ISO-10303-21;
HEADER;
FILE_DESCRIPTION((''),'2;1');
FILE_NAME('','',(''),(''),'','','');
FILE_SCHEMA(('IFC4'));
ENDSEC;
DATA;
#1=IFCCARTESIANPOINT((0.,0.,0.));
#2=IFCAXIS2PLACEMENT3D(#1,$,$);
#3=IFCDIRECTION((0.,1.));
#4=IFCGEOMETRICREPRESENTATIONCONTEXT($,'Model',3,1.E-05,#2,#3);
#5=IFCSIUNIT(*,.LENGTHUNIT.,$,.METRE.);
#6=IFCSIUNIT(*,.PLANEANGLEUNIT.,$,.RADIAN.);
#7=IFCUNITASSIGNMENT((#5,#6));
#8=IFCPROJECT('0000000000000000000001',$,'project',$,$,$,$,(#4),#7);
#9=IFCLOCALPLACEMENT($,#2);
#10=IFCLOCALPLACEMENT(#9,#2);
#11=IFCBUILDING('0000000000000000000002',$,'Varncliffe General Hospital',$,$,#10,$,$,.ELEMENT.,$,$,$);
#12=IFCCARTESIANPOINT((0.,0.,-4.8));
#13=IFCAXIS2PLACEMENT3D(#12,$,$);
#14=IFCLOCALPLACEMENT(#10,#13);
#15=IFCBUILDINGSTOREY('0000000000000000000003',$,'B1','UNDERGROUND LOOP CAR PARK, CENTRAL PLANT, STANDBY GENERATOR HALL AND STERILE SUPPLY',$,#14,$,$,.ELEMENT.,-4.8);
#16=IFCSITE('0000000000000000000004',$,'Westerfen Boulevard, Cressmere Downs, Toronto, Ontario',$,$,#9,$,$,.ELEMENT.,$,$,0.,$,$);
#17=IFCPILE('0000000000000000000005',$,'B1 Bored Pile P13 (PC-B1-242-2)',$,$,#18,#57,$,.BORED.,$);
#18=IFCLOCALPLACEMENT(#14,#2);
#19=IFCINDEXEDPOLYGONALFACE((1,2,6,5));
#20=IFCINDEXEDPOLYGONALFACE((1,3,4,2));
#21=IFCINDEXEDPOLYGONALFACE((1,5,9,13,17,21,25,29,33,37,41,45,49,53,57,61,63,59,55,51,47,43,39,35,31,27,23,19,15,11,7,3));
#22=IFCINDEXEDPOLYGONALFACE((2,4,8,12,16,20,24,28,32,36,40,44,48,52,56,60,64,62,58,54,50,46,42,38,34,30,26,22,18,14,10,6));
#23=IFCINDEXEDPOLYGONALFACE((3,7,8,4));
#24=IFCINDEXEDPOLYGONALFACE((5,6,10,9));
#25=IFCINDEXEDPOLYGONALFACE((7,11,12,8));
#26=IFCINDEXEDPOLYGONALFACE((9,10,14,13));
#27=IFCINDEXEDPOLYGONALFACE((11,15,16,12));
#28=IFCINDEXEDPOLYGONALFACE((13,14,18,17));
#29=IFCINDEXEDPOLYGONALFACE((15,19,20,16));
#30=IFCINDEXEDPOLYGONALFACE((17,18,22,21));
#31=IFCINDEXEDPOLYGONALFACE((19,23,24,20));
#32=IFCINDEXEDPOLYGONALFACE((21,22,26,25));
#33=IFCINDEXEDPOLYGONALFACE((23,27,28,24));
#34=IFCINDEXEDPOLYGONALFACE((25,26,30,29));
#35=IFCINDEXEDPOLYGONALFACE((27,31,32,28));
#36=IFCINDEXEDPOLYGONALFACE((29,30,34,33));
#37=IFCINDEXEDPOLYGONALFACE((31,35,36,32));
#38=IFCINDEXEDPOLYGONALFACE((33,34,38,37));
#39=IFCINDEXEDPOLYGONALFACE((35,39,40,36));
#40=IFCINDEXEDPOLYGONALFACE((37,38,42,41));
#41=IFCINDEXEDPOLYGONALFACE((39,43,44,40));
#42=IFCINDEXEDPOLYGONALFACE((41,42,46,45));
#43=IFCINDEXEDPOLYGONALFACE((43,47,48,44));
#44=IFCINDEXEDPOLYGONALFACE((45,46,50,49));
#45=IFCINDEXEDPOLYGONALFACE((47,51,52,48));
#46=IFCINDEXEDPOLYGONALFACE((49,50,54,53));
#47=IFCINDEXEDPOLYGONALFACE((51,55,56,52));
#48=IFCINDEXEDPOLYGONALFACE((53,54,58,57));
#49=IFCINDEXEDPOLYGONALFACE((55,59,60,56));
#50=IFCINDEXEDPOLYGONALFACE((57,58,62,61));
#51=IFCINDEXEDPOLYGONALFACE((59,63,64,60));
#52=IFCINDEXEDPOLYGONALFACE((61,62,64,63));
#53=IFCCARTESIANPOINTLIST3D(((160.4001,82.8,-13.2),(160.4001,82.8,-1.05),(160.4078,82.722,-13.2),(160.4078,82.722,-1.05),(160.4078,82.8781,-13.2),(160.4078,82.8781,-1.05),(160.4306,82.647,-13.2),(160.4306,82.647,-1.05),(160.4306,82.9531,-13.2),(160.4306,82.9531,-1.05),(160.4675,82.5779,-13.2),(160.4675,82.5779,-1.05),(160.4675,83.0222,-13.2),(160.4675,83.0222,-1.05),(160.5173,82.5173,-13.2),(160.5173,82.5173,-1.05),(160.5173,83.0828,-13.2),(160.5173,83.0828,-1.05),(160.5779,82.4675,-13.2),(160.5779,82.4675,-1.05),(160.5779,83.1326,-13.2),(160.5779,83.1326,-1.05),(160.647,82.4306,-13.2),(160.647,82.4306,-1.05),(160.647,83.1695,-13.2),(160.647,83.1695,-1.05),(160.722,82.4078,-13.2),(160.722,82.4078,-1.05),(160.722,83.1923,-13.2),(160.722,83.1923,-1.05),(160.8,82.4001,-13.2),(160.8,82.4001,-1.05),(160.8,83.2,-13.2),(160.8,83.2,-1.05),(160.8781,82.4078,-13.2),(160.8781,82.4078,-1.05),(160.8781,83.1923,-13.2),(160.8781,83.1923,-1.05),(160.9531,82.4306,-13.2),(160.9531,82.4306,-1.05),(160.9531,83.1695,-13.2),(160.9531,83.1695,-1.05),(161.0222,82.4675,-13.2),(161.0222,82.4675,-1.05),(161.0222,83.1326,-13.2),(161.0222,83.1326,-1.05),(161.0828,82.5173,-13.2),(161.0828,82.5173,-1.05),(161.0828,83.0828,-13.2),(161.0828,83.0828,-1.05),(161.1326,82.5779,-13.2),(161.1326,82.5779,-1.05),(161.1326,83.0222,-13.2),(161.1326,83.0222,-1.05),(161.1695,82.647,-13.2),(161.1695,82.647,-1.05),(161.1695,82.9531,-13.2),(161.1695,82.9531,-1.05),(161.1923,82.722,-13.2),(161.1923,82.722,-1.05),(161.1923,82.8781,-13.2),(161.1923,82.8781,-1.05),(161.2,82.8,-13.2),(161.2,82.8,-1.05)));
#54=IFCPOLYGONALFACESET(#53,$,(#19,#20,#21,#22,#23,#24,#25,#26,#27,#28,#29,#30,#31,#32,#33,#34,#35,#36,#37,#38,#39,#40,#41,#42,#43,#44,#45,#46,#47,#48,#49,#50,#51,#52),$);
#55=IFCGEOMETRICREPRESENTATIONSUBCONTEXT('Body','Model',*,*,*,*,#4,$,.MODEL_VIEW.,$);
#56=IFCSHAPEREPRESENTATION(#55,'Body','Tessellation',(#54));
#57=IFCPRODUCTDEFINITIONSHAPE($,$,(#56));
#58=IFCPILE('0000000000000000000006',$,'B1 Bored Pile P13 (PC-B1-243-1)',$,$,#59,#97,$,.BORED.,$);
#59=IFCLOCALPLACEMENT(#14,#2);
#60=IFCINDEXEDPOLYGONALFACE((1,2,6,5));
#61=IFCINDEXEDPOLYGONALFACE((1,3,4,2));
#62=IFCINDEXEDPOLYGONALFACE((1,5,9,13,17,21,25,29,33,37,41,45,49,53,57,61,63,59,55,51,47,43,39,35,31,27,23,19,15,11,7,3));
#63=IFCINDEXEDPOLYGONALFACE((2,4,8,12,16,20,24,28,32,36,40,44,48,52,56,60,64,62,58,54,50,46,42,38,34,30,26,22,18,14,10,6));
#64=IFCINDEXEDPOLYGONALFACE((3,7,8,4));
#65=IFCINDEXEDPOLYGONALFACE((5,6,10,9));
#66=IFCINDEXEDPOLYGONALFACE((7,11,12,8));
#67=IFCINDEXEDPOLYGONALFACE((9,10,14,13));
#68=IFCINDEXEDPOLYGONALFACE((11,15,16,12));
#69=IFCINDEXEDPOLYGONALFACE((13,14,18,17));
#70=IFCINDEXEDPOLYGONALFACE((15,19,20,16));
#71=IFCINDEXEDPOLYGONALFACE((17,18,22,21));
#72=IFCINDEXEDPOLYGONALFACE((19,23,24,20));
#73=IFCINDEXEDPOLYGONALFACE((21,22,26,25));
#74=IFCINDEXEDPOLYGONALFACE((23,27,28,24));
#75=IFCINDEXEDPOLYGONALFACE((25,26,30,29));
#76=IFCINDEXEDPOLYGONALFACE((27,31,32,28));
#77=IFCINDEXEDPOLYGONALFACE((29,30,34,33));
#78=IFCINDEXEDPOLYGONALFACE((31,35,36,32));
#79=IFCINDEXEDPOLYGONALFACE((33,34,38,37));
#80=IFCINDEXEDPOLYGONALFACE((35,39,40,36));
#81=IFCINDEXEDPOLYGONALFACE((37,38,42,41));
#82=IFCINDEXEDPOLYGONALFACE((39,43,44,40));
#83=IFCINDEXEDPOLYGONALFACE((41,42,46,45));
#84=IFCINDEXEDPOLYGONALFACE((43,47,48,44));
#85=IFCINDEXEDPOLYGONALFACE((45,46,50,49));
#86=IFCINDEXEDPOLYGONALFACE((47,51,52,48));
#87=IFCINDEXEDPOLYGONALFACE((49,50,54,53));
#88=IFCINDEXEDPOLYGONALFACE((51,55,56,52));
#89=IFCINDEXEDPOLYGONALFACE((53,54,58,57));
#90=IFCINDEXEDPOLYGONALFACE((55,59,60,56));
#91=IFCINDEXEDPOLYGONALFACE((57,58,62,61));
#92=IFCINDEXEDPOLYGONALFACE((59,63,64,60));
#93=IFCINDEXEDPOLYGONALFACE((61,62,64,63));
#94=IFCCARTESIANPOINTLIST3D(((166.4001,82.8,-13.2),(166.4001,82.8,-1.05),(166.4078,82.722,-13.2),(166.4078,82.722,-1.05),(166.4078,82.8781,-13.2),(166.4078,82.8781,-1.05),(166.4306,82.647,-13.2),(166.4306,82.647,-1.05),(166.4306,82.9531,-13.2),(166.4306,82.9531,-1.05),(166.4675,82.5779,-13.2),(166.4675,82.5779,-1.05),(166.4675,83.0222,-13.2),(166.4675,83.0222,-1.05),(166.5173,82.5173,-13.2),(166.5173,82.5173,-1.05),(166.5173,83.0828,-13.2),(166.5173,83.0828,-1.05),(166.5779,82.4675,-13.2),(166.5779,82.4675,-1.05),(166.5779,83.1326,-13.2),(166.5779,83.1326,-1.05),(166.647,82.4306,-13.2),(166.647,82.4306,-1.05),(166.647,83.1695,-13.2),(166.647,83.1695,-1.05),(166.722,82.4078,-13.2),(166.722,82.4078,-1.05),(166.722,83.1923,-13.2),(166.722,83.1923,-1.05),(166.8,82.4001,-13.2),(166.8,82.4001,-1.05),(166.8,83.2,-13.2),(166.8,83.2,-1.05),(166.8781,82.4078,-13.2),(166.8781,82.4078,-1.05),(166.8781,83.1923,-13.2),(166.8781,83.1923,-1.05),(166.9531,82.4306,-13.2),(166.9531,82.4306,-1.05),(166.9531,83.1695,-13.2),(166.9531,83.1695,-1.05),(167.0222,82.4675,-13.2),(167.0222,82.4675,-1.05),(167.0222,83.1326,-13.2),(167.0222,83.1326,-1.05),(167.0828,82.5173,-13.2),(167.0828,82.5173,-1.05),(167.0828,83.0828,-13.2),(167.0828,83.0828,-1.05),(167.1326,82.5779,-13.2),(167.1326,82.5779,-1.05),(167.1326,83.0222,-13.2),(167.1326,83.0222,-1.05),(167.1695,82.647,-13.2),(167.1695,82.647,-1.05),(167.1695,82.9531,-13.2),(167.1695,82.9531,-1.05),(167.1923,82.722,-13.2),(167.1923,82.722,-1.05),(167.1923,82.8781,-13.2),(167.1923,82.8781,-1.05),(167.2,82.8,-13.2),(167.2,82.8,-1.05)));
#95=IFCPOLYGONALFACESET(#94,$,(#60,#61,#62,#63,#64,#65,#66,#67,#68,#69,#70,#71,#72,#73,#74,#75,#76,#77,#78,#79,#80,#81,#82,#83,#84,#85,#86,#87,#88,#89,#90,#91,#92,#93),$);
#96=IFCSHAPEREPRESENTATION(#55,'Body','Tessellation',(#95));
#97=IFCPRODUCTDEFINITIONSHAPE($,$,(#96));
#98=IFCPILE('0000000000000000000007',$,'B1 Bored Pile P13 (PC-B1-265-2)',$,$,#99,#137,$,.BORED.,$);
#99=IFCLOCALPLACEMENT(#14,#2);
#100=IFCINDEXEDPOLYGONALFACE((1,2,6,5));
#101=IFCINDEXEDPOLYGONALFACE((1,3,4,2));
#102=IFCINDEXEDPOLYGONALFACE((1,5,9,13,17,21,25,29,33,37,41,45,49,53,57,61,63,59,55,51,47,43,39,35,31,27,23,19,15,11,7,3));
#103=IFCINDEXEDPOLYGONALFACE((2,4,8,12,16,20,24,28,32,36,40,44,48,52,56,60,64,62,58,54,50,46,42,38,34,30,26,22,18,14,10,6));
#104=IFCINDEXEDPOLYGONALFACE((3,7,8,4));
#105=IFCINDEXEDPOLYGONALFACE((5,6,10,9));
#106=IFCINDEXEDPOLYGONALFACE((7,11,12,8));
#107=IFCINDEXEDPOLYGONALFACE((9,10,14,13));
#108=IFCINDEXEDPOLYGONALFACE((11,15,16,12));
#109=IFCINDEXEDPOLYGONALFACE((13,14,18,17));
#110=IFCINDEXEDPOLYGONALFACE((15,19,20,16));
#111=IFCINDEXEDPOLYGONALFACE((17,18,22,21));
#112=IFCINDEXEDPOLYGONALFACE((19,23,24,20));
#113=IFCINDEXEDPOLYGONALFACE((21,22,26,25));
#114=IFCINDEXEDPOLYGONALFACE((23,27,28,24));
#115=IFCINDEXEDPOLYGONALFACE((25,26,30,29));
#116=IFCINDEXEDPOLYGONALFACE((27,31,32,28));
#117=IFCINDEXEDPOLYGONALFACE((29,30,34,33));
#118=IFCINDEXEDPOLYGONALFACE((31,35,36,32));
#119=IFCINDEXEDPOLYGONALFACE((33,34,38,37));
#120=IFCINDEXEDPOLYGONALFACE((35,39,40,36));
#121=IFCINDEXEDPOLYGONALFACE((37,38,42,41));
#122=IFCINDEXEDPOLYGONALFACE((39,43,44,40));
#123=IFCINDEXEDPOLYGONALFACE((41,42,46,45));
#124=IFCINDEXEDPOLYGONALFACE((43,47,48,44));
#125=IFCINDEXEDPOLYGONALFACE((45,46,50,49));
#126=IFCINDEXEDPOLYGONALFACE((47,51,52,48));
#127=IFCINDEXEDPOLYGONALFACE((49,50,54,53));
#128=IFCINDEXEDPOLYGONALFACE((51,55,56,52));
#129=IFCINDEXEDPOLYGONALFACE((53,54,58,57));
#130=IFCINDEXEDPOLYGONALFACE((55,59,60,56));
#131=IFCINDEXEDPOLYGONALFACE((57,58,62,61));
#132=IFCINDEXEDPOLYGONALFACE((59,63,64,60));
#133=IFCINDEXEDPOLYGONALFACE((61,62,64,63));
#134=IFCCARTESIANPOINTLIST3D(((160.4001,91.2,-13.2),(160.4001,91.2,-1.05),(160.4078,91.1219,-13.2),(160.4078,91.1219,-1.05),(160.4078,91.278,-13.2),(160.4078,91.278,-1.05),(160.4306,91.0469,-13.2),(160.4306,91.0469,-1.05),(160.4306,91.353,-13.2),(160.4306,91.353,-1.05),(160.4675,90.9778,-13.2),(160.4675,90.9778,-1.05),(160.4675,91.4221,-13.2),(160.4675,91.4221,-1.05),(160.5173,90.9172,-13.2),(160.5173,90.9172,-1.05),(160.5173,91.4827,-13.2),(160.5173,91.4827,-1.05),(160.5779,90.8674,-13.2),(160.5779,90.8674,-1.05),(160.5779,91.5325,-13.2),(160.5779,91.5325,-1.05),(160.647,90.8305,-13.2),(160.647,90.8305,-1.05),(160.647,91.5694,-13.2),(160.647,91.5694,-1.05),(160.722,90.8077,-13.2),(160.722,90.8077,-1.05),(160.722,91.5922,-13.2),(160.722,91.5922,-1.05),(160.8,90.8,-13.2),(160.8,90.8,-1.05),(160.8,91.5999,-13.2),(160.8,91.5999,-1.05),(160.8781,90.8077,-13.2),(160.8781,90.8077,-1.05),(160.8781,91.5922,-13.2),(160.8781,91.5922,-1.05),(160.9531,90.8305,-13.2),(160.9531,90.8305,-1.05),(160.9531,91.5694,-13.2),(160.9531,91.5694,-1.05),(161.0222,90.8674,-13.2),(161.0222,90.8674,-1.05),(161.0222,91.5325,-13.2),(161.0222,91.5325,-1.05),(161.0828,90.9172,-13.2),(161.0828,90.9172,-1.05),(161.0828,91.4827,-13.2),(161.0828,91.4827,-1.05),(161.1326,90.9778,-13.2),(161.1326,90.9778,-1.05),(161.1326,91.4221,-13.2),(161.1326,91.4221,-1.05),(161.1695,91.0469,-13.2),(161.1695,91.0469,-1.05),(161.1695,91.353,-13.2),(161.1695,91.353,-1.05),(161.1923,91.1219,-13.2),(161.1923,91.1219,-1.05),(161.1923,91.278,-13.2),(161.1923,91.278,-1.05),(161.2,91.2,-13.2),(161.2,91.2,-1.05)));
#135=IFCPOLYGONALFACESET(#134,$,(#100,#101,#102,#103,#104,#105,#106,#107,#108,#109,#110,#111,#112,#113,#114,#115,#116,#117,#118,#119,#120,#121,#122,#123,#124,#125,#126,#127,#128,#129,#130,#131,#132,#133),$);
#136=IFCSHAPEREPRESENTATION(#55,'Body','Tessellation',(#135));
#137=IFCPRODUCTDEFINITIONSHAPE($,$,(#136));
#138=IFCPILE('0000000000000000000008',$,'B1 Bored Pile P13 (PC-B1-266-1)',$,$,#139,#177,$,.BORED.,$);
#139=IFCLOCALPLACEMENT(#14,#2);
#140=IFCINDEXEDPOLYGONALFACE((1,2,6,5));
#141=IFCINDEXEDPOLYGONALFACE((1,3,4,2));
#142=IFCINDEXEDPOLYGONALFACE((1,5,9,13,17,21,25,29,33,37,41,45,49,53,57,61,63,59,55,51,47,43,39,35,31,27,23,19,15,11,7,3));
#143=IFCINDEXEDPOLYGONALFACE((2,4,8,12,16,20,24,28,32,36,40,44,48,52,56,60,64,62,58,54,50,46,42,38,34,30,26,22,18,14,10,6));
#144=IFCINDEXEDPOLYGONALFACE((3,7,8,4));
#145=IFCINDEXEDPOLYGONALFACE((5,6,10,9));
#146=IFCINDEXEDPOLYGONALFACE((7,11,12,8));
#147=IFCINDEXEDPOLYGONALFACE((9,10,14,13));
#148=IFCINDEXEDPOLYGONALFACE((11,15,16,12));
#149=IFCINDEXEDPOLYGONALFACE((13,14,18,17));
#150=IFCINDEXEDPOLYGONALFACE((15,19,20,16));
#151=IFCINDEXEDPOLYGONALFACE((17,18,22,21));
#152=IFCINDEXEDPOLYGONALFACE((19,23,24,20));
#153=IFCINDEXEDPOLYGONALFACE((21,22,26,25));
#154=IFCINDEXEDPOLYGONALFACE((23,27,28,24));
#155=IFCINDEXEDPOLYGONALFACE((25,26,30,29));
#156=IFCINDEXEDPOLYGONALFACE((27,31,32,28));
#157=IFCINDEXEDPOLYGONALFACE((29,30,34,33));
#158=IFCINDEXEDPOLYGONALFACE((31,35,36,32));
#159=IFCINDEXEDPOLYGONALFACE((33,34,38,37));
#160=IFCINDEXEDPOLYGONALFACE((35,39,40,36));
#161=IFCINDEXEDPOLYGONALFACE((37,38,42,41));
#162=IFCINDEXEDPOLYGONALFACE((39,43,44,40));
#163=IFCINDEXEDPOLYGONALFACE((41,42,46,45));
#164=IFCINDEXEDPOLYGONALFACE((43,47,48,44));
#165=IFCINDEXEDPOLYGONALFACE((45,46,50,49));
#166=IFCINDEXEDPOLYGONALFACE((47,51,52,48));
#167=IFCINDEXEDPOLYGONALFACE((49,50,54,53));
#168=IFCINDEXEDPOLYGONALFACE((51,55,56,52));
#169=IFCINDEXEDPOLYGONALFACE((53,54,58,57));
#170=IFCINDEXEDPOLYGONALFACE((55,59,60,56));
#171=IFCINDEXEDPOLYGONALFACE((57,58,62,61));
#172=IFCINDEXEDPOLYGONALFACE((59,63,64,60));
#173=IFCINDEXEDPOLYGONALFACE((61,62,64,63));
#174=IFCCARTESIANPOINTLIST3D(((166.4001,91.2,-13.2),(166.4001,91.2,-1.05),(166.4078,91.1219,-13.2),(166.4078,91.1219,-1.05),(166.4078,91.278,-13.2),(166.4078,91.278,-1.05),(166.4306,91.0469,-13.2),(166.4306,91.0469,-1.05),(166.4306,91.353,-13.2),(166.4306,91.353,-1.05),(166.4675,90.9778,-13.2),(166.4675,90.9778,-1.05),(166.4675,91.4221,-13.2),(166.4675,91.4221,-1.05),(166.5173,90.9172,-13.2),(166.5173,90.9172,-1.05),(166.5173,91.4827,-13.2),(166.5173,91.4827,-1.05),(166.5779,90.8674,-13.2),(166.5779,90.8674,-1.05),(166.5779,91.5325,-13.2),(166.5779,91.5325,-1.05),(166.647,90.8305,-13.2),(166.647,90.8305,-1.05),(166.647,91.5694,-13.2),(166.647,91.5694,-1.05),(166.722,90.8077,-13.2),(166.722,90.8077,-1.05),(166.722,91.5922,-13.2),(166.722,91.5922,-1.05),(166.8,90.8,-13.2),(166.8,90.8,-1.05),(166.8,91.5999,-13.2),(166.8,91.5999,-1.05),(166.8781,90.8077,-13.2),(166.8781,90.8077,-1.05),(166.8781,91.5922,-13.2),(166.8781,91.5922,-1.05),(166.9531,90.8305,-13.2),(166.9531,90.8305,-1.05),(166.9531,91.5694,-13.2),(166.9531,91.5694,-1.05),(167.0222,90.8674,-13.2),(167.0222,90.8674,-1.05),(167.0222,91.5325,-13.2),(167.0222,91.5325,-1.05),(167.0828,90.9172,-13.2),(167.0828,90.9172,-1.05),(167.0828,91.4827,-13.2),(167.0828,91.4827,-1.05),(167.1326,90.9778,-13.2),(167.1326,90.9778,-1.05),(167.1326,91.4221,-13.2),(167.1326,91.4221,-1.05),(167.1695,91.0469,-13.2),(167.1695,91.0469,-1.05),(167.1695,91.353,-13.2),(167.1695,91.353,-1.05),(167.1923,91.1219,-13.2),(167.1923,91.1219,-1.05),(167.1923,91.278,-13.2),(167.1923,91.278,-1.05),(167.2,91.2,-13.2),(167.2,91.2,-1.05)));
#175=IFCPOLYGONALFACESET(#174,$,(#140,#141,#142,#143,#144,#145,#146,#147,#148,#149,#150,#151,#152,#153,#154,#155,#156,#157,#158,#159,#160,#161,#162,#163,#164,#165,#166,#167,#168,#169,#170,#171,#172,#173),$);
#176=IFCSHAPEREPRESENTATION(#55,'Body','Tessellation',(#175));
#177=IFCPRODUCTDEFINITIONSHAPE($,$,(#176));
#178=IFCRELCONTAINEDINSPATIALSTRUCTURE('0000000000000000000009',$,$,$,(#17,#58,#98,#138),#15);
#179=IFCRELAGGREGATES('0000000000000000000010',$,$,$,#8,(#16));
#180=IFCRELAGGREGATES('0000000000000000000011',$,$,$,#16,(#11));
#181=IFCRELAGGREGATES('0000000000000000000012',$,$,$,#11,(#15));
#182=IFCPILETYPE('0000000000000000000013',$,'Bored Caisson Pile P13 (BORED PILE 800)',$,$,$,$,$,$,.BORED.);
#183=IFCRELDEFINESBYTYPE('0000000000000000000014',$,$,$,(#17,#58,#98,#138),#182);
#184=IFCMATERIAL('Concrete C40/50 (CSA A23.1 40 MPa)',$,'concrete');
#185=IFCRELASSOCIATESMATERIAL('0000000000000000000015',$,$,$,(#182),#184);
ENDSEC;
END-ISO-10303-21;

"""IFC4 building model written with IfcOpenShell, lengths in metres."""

from ifc_helpers import new_model, si_unit, direction, frame, origin, origin_2d, place, context, subcontext, project, spatial, circle, extrude, material, material_profile, profile_set, type_object, element, save


model = new_model("IFC4")

# Units and contexts
model_context = context("Model", 3, precision=1e-05, world=origin(), true_north=direction((0.0, 1.0)))
body_context = subcontext(model_context, "Body", "Model", "MODEL_VIEW")
ifc_project = project(units=[si_unit("LENGTHUNIT", "METRE"), si_unit("PLANEANGLEUNIT", "RADIAN")], contexts=[model_context])

# Site, building, storey
site_placement = place(None, origin())
site = spatial("IfcSite", under=ifc_project, at=site_placement, Name="Westerfen Boulevard, Cressmere Downs, Toronto, Ontario", CompositionType="ELEMENT", RefElevation=0.0)
building_placement = place(site_placement, origin())
building = spatial("IfcBuilding", under=site, at=building_placement, Name="Varncliffe General Hospital", CompositionType="ELEMENT")
storey_placement = place(building_placement, frame((0.0, 0.0, -4.8)))
storey = spatial("IfcBuildingStorey", under=building, at=storey_placement, Name="B1", Description="UNDERGROUND LOOP CAR PARK, CENTRAL PLANT, STANDBY GENERATOR HALL AND STERILE SUPPLY", CompositionType="ELEMENT", Elevation=-4.8)

# Piles
ifc_material_1 = material(Name="Concrete C40/50 (CSA A23.1 40 MPa)", Category="concrete")
ifc_material_profile_1 = material_profile(ifc_material_1, circle(Radius=0.3999, at=origin_2d()), Name="BORED PILE 800")
ifc_profile_set_1 = profile_set([ifc_material_profile_1], Name="Concrete C40/50 (CSA A23.1 40 MPa)")
pile_type_1 = type_object("IfcPileType", Name="Bored Caisson Pile P13 (BORED PILE 800)", PredefinedType="BORED", material=ifc_profile_set_1)
for number, where, z_axis, x_axis, name in (
    (1, (160.8, 82.8, -1.05), (0.0, 0.0, -1.0), (1.0, 0.0, 0.0), "B1 Bored Pile P13 (PC-B1-242-2)"),
    (2, (166.8, 82.8, -1.05), (0.0, 0.0, -1.0), (1.0, 0.0, 0.0), "B1 Bored Pile P13 (PC-B1-243-1)"),
    (3, (160.8, 91.2, -1.05), (0.0, 0.0, -1.0), (1.0, 0.0, 0.0), "B1 Bored Pile P13 (PC-B1-265-2)"),
    (4, (166.8, 91.2, -1.05), (0.0, 0.0, -1.0), (1.0, 0.0, 0.0), "B1 Bored Pile P13 (PC-B1-266-1)"),
):
    element("IfcPile", number, at=place(storey_placement, frame(where, z_axis=z_axis, x_axis=x_axis)), inside=storey, type_object=pile_type_1, Name=name, PredefinedType="BORED", context=body_context, shape_type="SweptSolid", body=[
        extrude(circle(Radius=0.3999, at=origin_2d()), origin(), (0.0, 0.0, 1.0), 12.1499),
    ])

save(model, "model.ifc")
